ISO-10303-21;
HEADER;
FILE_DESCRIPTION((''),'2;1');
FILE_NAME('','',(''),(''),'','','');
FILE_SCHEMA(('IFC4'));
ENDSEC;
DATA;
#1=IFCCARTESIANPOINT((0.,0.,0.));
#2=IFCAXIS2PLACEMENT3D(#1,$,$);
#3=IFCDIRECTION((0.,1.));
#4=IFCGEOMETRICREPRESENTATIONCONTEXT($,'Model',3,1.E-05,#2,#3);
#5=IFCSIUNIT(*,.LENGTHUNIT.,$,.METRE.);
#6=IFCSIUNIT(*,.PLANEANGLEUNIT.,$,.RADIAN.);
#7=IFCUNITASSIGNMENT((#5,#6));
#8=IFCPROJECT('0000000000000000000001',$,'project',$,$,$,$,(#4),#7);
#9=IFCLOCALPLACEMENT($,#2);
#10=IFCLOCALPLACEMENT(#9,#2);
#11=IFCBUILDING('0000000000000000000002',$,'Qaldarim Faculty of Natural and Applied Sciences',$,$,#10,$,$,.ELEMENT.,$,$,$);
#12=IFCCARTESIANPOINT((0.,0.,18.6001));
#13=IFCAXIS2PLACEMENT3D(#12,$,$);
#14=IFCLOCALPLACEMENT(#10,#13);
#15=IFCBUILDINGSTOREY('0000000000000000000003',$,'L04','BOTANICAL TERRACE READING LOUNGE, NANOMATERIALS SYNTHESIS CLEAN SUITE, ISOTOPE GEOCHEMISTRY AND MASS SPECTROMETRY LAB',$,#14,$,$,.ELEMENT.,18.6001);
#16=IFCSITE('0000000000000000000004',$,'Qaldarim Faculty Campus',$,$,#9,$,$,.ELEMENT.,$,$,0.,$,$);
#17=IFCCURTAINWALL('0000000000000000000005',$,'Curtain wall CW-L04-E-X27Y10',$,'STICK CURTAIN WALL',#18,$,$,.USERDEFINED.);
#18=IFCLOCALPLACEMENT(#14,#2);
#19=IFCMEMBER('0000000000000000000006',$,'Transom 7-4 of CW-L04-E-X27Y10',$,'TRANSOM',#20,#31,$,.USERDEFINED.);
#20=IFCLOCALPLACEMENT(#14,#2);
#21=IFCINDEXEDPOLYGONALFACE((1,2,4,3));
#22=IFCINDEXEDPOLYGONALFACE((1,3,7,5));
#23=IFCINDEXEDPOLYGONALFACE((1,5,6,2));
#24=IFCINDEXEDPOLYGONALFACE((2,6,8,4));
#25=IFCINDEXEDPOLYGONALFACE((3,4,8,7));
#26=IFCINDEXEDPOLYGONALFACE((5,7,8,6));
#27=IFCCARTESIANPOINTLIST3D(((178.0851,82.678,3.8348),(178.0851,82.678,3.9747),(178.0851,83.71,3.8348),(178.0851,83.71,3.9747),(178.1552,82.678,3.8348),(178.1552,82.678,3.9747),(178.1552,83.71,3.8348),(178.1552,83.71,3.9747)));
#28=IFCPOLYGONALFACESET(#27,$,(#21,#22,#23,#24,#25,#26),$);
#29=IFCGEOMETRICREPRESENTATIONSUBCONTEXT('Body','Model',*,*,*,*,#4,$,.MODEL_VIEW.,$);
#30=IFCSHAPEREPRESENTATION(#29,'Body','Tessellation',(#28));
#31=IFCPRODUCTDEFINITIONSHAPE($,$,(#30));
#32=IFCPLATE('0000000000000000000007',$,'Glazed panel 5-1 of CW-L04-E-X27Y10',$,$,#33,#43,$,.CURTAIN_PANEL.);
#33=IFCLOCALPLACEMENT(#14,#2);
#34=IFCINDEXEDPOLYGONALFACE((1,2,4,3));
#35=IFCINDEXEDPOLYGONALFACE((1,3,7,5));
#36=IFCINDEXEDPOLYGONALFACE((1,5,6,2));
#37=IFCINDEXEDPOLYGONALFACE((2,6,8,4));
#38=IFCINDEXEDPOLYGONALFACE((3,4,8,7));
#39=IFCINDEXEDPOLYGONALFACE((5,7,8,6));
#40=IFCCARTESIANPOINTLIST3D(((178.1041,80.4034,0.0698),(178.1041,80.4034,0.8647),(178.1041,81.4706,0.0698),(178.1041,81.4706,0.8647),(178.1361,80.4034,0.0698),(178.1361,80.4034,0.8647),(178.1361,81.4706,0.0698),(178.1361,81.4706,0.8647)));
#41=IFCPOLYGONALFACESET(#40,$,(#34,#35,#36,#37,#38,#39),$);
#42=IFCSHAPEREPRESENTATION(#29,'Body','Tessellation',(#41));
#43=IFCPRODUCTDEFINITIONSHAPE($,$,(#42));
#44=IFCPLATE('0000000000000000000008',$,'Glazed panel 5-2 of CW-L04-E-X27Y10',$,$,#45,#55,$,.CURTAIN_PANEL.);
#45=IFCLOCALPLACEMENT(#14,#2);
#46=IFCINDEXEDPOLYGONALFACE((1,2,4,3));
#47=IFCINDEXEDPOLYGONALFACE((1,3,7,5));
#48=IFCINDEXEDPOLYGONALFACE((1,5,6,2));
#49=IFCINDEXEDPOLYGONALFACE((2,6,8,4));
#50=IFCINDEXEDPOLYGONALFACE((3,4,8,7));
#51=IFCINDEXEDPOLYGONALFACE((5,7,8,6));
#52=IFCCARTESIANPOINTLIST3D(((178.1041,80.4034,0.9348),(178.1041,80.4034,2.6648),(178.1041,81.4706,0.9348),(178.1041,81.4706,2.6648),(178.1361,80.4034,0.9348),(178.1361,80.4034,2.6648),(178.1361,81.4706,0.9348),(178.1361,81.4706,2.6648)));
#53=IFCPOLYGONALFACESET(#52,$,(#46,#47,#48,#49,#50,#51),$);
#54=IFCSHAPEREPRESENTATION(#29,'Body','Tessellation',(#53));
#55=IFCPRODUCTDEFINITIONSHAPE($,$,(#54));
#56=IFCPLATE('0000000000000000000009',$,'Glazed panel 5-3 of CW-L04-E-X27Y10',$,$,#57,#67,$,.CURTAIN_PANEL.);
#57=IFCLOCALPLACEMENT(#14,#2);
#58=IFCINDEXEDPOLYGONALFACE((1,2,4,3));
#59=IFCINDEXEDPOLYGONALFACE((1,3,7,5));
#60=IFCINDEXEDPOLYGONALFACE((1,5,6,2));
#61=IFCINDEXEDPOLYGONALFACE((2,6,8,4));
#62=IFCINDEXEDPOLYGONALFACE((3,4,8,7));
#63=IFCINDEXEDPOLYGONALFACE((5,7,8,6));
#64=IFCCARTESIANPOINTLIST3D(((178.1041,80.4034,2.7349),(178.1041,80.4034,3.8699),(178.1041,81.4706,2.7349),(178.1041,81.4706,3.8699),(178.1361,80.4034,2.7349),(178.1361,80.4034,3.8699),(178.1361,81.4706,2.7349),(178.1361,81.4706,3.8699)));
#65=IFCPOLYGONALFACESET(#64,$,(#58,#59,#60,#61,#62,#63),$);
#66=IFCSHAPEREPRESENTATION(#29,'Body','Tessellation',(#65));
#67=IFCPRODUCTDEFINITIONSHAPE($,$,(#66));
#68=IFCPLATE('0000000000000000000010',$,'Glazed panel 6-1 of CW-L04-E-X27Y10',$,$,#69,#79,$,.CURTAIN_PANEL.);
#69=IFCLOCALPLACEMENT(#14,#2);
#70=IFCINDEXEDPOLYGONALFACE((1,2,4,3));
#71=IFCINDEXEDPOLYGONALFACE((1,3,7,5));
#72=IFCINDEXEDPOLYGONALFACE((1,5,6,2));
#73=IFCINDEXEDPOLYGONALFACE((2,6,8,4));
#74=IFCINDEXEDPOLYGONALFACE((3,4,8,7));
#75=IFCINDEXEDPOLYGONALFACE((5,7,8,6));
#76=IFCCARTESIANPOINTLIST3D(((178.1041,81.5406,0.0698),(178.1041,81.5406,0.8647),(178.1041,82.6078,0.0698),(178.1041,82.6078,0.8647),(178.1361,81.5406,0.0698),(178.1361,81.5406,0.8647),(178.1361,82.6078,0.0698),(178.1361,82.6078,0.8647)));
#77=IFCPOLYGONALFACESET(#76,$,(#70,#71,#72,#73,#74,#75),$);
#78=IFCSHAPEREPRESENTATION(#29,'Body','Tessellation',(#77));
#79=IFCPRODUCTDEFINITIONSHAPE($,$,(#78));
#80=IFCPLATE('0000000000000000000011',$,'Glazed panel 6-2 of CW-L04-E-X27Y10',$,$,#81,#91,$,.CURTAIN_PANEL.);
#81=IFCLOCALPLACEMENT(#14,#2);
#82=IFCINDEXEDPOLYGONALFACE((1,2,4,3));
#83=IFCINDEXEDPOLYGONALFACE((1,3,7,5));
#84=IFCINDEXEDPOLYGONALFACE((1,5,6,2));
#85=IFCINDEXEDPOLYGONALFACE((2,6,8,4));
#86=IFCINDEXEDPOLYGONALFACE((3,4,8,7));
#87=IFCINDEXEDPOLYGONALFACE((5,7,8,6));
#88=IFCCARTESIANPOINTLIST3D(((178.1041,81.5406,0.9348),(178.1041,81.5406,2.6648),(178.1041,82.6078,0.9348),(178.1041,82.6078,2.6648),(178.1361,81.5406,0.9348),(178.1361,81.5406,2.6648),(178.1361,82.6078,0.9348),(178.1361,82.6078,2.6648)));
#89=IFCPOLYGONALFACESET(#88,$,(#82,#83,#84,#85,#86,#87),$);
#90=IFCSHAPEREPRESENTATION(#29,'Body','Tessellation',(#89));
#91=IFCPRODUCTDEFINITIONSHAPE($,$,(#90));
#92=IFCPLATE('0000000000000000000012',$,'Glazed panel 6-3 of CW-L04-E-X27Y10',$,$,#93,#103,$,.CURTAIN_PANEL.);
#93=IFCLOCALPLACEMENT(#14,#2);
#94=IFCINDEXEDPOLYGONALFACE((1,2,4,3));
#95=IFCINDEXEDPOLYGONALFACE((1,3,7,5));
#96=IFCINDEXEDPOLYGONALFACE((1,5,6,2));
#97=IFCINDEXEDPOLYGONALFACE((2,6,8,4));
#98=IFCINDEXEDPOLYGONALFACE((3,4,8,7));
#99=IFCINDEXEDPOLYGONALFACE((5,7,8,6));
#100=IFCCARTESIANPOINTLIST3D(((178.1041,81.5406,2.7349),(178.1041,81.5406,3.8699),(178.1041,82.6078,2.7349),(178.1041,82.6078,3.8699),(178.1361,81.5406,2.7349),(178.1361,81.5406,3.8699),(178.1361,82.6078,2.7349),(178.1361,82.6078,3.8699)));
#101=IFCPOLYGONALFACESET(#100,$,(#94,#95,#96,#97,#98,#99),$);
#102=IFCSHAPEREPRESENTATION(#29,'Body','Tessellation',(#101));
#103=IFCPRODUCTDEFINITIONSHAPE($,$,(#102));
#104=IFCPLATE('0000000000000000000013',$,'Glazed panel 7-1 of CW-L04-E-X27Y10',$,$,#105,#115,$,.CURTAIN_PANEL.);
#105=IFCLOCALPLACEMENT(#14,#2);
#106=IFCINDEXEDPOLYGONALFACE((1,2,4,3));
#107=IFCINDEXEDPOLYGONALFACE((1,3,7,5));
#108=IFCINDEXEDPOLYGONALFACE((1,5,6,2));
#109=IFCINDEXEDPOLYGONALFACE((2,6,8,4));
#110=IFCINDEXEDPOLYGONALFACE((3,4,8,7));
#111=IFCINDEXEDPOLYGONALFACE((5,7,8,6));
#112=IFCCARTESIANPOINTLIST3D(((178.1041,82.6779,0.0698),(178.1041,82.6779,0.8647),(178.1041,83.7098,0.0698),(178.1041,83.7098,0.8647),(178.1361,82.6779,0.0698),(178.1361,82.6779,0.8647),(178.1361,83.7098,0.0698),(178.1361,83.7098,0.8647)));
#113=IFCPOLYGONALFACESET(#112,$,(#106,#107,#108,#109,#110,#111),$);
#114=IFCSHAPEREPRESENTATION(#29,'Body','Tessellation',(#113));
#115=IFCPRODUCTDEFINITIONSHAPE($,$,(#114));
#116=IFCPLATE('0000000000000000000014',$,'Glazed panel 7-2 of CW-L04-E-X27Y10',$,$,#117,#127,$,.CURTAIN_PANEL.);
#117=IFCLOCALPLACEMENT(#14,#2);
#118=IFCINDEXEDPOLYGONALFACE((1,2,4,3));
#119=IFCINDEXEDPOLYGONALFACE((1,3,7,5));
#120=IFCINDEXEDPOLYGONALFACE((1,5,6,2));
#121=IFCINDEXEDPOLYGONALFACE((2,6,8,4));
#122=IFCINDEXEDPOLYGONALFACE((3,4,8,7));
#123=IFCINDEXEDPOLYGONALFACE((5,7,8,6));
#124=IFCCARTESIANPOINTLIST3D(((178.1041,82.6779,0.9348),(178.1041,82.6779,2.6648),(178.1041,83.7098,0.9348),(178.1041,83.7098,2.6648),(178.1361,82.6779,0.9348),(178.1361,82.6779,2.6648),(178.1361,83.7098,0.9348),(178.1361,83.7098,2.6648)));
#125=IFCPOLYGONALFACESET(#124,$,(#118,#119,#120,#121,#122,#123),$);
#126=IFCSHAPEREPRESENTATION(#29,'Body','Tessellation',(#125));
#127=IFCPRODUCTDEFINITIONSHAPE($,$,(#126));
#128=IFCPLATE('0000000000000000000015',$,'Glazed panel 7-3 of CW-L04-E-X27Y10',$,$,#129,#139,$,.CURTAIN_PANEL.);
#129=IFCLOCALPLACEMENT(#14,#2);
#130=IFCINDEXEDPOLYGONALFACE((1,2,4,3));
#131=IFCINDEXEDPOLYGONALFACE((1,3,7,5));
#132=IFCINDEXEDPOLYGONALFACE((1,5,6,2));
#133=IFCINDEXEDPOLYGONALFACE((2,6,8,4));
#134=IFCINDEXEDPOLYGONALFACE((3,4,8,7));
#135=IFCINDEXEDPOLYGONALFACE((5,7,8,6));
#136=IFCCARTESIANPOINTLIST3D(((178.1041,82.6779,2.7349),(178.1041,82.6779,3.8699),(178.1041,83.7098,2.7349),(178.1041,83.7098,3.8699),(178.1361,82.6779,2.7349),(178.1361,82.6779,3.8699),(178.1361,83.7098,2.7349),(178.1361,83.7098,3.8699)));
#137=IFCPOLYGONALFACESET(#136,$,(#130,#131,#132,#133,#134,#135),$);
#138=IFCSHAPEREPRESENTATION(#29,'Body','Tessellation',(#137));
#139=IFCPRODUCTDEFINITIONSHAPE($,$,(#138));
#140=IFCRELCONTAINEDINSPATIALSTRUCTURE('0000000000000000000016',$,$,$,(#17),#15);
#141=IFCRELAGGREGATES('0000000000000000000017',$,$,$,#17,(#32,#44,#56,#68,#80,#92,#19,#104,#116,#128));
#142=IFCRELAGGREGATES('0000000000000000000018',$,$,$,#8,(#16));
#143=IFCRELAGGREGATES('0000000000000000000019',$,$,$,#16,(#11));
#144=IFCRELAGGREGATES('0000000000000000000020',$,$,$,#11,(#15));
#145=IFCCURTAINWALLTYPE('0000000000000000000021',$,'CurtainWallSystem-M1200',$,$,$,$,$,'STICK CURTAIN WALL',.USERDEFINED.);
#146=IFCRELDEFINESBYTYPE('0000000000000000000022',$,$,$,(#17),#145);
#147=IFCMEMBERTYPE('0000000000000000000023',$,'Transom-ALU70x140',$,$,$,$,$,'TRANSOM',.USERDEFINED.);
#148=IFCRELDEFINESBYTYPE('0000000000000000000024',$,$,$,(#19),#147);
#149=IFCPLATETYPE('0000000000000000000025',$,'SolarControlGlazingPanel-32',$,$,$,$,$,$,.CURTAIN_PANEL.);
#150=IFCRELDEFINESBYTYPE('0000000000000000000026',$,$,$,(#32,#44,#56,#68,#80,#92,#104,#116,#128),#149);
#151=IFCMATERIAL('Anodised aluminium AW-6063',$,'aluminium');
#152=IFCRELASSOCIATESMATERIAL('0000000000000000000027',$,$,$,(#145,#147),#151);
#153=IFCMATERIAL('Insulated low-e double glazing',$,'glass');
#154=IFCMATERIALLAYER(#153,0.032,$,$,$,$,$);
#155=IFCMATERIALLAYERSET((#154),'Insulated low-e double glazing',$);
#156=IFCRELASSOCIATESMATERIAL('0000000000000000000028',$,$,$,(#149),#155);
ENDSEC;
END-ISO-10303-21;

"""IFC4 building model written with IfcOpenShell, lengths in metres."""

from ifc_helpers import new_model, si_unit, direction, frame, origin, origin_2d, place, context, subcontext, project, spatial, rectangle, extrude, material, layer, layer_set, material_profile, profile_set, type_object, element, aggregate, save


model = new_model("IFC4")

# Units and contexts
model_context = context("Model", 3, precision=1e-05, world=origin(), true_north=direction((0.0, 1.0)))
body_context = subcontext(model_context, "Body", "Model", "MODEL_VIEW")
ifc_project = project(units=[si_unit("LENGTHUNIT", "METRE"), si_unit("PLANEANGLEUNIT", "RADIAN")], contexts=[model_context])

# Site, building, storey
site_placement = place(None, origin())
site = spatial("IfcSite", under=ifc_project, at=site_placement, Name="Qaldarim Faculty Campus", CompositionType="ELEMENT", RefElevation=0.0)
building_placement = place(site_placement, origin())
building = spatial("IfcBuilding", under=site, at=building_placement, Name="Qaldarim Faculty of Natural and Applied Sciences", CompositionType="ELEMENT")
storey_placement = place(building_placement, frame((0.0, 0.0, 18.6001)))
storey = spatial("IfcBuildingStorey", under=building, at=storey_placement, Name="L04", Description="BOTANICAL TERRACE READING LOUNGE, NANOMATERIALS SYNTHESIS CLEAN SUITE, ISOTOPE GEOCHEMISTRY AND MASS SPECTROMETRY LAB", CompositionType="ELEMENT", Elevation=18.6001)

# Curtain wall, member, plates
ifc_material_1 = material(Name="Anodised aluminium AW-6063", Category="aluminium")
curtain_wall_type = type_object("IfcCurtainWallType", Name="CurtainWallSystem-M1200", ElementType="STICK CURTAIN WALL", PredefinedType="USERDEFINED", material=ifc_material_1)
curtain_wall_placement = place(storey_placement, origin())
curtain_wall = element("IfcCurtainWall", 1, at=curtain_wall_placement, inside=storey, type_object=curtain_wall_type, Name="Curtain wall CW-L04-E-X27Y10", ObjectType="STICK CURTAIN WALL", PredefinedType="USERDEFINED")
ifc_material_profile_1 = material_profile(ifc_material_1, rectangle(XDim=0.0701, YDim=0.1399, at=origin_2d()), Name="ALU-T70x140")
ifc_profile_set_1 = profile_set([ifc_material_profile_1], Name="Anodised aluminium AW-6063")
member_type_1 = type_object("IfcMemberType", Name="Transom-ALU70x140", ElementType="TRANSOM", PredefinedType="USERDEFINED", material=ifc_profile_set_1)
member_1_placement = place(storey_placement, frame((178.1201, 82.678, 3.9048), z_axis=(0.0, 1.0, 0.0), x_axis=(-1.0, 0.0, 0.0)))
member_1 = element("IfcMember", 2, at=member_1_placement, type_object=member_type_1, Name="Transom 7-4 of CW-L04-E-X27Y10", ObjectType="TRANSOM", PredefinedType="USERDEFINED", context=body_context, shape_type="SweptSolid", body=[
    extrude(rectangle(XDim=0.0701, YDim=0.1399, at=origin_2d()), origin(), (0.0, 0.0, 1.0), 1.032),
])
ifc_material_2 = material(Name="Insulated low-e double glazing", Category="glass")
ifc_layer = layer(ifc_material_2, 0.032)
ifc_layer_set = layer_set([ifc_layer], Name="Insulated low-e double glazing")
plate_type = type_object("IfcPlateType", Name="SolarControlGlazingPanel-32", PredefinedType="CURTAIN_PANEL", material=ifc_layer_set)
plate_1_placement = place(storey_placement, frame((178.1201, 80.937, 0.0698), z_axis=(0.0, 0.0, 1.0), x_axis=(0.0, 1.0, 0.0)))
plate_1 = element("IfcPlate", 3, at=plate_1_placement, type_object=plate_type, Name="Glazed panel 5-1 of CW-L04-E-X27Y10", PredefinedType="CURTAIN_PANEL", context=body_context, shape_type="SweptSolid", body=[
    extrude(rectangle(XDim=1.0671, YDim=0.032, at=origin_2d()), origin(), (0.0, 0.0, 1.0), 0.7949),
])
plate_2_placement = place(storey_placement, frame((178.1201, 80.937, 0.9348), z_axis=(0.0, 0.0, 1.0), x_axis=(0.0, 1.0, 0.0)))
plate_2 = element("IfcPlate", 4, at=plate_2_placement, type_object=plate_type, Name="Glazed panel 5-2 of CW-L04-E-X27Y10", PredefinedType="CURTAIN_PANEL", context=body_context, shape_type="SweptSolid", body=[
    extrude(rectangle(XDim=1.0671, YDim=0.032, at=origin_2d()), origin(), (0.0, 0.0, 1.0), 1.73),
])
plate_3_placement = place(storey_placement, frame((178.1201, 80.937, 2.7349), z_axis=(0.0, 0.0, 1.0), x_axis=(0.0, 1.0, 0.0)))
plate_3 = element("IfcPlate", 5, at=plate_3_placement, type_object=plate_type, Name="Glazed panel 5-3 of CW-L04-E-X27Y10", PredefinedType="CURTAIN_PANEL", context=body_context, shape_type="SweptSolid", body=[
    extrude(rectangle(XDim=1.0671, YDim=0.032, at=origin_2d()), origin(), (0.0, 0.0, 1.0), 1.135),
])
plate_4_placement = place(storey_placement, frame((178.1201, 82.0742, 0.0698), z_axis=(0.0, 0.0, 1.0), x_axis=(0.0, 1.0, 0.0)))
plate_4 = element("IfcPlate", 6, at=plate_4_placement, type_object=plate_type, Name="Glazed panel 6-1 of CW-L04-E-X27Y10", PredefinedType="CURTAIN_PANEL", context=body_context, shape_type="SweptSolid", body=[
    extrude(rectangle(XDim=1.0671, YDim=0.032, at=origin_2d()), origin(), (0.0, 0.0, 1.0), 0.7949),
])
plate_5_placement = place(storey_placement, frame((178.1201, 82.0742, 0.9348), z_axis=(0.0, 0.0, 1.0), x_axis=(0.0, 1.0, 0.0)))
plate_5 = element("IfcPlate", 7, at=plate_5_placement, type_object=plate_type, Name="Glazed panel 6-2 of CW-L04-E-X27Y10", PredefinedType="CURTAIN_PANEL", context=body_context, shape_type="SweptSolid", body=[
    extrude(rectangle(XDim=1.0671, YDim=0.032, at=origin_2d()), origin(), (0.0, 0.0, 1.0), 1.73),
])
plate_6_placement = place(storey_placement, frame((178.1201, 82.0742, 2.7349), z_axis=(0.0, 0.0, 1.0), x_axis=(0.0, 1.0, 0.0)))
plate_6 = element("IfcPlate", 8, at=plate_6_placement, type_object=plate_type, Name="Glazed panel 6-3 of CW-L04-E-X27Y10", PredefinedType="CURTAIN_PANEL", context=body_context, shape_type="SweptSolid", body=[
    extrude(rectangle(XDim=1.0671, YDim=0.032, at=origin_2d()), origin(), (0.0, 0.0, 1.0), 1.135),
])
plate_7_placement = place(storey_placement, frame((178.1201, 83.1938, 0.0698), z_axis=(0.0, 0.0, 1.0), x_axis=(0.0, 1.0, 0.0)))
plate_7 = element("IfcPlate", 9, at=plate_7_placement, type_object=plate_type, Name="Glazed panel 7-1 of CW-L04-E-X27Y10", PredefinedType="CURTAIN_PANEL", context=body_context, shape_type="SweptSolid", body=[
    extrude(rectangle(XDim=1.032, YDim=0.032, at=origin_2d()), origin(), (0.0, 0.0, 1.0), 0.7949),
])
plate_8_placement = place(storey_placement, frame((178.1201, 83.1938, 0.9348), z_axis=(0.0, 0.0, 1.0), x_axis=(0.0, 1.0, 0.0)))
plate_8 = element("IfcPlate", 10, at=plate_8_placement, type_object=plate_type, Name="Glazed panel 7-2 of CW-L04-E-X27Y10", PredefinedType="CURTAIN_PANEL", context=body_context, shape_type="SweptSolid", body=[
    extrude(rectangle(XDim=1.032, YDim=0.032, at=origin_2d()), origin(), (0.0, 0.0, 1.0), 1.73),
])
plate_9_placement = place(storey_placement, frame((178.1201, 83.1938, 2.7349), z_axis=(0.0, 0.0, 1.0), x_axis=(0.0, 1.0, 0.0)))
plate_9 = element("IfcPlate", 11, at=plate_9_placement, type_object=plate_type, Name="Glazed panel 7-3 of CW-L04-E-X27Y10", PredefinedType="CURTAIN_PANEL", context=body_context, shape_type="SweptSolid", body=[
    extrude(rectangle(XDim=1.032, YDim=0.032, at=origin_2d()), origin(), (0.0, 0.0, 1.0), 1.135),
])
aggregate(curtain_wall, [plate_1, plate_2, plate_3, plate_4, plate_5, plate_6, member_1, plate_7, plate_8, plate_9])

save(model, "model.ifc")
